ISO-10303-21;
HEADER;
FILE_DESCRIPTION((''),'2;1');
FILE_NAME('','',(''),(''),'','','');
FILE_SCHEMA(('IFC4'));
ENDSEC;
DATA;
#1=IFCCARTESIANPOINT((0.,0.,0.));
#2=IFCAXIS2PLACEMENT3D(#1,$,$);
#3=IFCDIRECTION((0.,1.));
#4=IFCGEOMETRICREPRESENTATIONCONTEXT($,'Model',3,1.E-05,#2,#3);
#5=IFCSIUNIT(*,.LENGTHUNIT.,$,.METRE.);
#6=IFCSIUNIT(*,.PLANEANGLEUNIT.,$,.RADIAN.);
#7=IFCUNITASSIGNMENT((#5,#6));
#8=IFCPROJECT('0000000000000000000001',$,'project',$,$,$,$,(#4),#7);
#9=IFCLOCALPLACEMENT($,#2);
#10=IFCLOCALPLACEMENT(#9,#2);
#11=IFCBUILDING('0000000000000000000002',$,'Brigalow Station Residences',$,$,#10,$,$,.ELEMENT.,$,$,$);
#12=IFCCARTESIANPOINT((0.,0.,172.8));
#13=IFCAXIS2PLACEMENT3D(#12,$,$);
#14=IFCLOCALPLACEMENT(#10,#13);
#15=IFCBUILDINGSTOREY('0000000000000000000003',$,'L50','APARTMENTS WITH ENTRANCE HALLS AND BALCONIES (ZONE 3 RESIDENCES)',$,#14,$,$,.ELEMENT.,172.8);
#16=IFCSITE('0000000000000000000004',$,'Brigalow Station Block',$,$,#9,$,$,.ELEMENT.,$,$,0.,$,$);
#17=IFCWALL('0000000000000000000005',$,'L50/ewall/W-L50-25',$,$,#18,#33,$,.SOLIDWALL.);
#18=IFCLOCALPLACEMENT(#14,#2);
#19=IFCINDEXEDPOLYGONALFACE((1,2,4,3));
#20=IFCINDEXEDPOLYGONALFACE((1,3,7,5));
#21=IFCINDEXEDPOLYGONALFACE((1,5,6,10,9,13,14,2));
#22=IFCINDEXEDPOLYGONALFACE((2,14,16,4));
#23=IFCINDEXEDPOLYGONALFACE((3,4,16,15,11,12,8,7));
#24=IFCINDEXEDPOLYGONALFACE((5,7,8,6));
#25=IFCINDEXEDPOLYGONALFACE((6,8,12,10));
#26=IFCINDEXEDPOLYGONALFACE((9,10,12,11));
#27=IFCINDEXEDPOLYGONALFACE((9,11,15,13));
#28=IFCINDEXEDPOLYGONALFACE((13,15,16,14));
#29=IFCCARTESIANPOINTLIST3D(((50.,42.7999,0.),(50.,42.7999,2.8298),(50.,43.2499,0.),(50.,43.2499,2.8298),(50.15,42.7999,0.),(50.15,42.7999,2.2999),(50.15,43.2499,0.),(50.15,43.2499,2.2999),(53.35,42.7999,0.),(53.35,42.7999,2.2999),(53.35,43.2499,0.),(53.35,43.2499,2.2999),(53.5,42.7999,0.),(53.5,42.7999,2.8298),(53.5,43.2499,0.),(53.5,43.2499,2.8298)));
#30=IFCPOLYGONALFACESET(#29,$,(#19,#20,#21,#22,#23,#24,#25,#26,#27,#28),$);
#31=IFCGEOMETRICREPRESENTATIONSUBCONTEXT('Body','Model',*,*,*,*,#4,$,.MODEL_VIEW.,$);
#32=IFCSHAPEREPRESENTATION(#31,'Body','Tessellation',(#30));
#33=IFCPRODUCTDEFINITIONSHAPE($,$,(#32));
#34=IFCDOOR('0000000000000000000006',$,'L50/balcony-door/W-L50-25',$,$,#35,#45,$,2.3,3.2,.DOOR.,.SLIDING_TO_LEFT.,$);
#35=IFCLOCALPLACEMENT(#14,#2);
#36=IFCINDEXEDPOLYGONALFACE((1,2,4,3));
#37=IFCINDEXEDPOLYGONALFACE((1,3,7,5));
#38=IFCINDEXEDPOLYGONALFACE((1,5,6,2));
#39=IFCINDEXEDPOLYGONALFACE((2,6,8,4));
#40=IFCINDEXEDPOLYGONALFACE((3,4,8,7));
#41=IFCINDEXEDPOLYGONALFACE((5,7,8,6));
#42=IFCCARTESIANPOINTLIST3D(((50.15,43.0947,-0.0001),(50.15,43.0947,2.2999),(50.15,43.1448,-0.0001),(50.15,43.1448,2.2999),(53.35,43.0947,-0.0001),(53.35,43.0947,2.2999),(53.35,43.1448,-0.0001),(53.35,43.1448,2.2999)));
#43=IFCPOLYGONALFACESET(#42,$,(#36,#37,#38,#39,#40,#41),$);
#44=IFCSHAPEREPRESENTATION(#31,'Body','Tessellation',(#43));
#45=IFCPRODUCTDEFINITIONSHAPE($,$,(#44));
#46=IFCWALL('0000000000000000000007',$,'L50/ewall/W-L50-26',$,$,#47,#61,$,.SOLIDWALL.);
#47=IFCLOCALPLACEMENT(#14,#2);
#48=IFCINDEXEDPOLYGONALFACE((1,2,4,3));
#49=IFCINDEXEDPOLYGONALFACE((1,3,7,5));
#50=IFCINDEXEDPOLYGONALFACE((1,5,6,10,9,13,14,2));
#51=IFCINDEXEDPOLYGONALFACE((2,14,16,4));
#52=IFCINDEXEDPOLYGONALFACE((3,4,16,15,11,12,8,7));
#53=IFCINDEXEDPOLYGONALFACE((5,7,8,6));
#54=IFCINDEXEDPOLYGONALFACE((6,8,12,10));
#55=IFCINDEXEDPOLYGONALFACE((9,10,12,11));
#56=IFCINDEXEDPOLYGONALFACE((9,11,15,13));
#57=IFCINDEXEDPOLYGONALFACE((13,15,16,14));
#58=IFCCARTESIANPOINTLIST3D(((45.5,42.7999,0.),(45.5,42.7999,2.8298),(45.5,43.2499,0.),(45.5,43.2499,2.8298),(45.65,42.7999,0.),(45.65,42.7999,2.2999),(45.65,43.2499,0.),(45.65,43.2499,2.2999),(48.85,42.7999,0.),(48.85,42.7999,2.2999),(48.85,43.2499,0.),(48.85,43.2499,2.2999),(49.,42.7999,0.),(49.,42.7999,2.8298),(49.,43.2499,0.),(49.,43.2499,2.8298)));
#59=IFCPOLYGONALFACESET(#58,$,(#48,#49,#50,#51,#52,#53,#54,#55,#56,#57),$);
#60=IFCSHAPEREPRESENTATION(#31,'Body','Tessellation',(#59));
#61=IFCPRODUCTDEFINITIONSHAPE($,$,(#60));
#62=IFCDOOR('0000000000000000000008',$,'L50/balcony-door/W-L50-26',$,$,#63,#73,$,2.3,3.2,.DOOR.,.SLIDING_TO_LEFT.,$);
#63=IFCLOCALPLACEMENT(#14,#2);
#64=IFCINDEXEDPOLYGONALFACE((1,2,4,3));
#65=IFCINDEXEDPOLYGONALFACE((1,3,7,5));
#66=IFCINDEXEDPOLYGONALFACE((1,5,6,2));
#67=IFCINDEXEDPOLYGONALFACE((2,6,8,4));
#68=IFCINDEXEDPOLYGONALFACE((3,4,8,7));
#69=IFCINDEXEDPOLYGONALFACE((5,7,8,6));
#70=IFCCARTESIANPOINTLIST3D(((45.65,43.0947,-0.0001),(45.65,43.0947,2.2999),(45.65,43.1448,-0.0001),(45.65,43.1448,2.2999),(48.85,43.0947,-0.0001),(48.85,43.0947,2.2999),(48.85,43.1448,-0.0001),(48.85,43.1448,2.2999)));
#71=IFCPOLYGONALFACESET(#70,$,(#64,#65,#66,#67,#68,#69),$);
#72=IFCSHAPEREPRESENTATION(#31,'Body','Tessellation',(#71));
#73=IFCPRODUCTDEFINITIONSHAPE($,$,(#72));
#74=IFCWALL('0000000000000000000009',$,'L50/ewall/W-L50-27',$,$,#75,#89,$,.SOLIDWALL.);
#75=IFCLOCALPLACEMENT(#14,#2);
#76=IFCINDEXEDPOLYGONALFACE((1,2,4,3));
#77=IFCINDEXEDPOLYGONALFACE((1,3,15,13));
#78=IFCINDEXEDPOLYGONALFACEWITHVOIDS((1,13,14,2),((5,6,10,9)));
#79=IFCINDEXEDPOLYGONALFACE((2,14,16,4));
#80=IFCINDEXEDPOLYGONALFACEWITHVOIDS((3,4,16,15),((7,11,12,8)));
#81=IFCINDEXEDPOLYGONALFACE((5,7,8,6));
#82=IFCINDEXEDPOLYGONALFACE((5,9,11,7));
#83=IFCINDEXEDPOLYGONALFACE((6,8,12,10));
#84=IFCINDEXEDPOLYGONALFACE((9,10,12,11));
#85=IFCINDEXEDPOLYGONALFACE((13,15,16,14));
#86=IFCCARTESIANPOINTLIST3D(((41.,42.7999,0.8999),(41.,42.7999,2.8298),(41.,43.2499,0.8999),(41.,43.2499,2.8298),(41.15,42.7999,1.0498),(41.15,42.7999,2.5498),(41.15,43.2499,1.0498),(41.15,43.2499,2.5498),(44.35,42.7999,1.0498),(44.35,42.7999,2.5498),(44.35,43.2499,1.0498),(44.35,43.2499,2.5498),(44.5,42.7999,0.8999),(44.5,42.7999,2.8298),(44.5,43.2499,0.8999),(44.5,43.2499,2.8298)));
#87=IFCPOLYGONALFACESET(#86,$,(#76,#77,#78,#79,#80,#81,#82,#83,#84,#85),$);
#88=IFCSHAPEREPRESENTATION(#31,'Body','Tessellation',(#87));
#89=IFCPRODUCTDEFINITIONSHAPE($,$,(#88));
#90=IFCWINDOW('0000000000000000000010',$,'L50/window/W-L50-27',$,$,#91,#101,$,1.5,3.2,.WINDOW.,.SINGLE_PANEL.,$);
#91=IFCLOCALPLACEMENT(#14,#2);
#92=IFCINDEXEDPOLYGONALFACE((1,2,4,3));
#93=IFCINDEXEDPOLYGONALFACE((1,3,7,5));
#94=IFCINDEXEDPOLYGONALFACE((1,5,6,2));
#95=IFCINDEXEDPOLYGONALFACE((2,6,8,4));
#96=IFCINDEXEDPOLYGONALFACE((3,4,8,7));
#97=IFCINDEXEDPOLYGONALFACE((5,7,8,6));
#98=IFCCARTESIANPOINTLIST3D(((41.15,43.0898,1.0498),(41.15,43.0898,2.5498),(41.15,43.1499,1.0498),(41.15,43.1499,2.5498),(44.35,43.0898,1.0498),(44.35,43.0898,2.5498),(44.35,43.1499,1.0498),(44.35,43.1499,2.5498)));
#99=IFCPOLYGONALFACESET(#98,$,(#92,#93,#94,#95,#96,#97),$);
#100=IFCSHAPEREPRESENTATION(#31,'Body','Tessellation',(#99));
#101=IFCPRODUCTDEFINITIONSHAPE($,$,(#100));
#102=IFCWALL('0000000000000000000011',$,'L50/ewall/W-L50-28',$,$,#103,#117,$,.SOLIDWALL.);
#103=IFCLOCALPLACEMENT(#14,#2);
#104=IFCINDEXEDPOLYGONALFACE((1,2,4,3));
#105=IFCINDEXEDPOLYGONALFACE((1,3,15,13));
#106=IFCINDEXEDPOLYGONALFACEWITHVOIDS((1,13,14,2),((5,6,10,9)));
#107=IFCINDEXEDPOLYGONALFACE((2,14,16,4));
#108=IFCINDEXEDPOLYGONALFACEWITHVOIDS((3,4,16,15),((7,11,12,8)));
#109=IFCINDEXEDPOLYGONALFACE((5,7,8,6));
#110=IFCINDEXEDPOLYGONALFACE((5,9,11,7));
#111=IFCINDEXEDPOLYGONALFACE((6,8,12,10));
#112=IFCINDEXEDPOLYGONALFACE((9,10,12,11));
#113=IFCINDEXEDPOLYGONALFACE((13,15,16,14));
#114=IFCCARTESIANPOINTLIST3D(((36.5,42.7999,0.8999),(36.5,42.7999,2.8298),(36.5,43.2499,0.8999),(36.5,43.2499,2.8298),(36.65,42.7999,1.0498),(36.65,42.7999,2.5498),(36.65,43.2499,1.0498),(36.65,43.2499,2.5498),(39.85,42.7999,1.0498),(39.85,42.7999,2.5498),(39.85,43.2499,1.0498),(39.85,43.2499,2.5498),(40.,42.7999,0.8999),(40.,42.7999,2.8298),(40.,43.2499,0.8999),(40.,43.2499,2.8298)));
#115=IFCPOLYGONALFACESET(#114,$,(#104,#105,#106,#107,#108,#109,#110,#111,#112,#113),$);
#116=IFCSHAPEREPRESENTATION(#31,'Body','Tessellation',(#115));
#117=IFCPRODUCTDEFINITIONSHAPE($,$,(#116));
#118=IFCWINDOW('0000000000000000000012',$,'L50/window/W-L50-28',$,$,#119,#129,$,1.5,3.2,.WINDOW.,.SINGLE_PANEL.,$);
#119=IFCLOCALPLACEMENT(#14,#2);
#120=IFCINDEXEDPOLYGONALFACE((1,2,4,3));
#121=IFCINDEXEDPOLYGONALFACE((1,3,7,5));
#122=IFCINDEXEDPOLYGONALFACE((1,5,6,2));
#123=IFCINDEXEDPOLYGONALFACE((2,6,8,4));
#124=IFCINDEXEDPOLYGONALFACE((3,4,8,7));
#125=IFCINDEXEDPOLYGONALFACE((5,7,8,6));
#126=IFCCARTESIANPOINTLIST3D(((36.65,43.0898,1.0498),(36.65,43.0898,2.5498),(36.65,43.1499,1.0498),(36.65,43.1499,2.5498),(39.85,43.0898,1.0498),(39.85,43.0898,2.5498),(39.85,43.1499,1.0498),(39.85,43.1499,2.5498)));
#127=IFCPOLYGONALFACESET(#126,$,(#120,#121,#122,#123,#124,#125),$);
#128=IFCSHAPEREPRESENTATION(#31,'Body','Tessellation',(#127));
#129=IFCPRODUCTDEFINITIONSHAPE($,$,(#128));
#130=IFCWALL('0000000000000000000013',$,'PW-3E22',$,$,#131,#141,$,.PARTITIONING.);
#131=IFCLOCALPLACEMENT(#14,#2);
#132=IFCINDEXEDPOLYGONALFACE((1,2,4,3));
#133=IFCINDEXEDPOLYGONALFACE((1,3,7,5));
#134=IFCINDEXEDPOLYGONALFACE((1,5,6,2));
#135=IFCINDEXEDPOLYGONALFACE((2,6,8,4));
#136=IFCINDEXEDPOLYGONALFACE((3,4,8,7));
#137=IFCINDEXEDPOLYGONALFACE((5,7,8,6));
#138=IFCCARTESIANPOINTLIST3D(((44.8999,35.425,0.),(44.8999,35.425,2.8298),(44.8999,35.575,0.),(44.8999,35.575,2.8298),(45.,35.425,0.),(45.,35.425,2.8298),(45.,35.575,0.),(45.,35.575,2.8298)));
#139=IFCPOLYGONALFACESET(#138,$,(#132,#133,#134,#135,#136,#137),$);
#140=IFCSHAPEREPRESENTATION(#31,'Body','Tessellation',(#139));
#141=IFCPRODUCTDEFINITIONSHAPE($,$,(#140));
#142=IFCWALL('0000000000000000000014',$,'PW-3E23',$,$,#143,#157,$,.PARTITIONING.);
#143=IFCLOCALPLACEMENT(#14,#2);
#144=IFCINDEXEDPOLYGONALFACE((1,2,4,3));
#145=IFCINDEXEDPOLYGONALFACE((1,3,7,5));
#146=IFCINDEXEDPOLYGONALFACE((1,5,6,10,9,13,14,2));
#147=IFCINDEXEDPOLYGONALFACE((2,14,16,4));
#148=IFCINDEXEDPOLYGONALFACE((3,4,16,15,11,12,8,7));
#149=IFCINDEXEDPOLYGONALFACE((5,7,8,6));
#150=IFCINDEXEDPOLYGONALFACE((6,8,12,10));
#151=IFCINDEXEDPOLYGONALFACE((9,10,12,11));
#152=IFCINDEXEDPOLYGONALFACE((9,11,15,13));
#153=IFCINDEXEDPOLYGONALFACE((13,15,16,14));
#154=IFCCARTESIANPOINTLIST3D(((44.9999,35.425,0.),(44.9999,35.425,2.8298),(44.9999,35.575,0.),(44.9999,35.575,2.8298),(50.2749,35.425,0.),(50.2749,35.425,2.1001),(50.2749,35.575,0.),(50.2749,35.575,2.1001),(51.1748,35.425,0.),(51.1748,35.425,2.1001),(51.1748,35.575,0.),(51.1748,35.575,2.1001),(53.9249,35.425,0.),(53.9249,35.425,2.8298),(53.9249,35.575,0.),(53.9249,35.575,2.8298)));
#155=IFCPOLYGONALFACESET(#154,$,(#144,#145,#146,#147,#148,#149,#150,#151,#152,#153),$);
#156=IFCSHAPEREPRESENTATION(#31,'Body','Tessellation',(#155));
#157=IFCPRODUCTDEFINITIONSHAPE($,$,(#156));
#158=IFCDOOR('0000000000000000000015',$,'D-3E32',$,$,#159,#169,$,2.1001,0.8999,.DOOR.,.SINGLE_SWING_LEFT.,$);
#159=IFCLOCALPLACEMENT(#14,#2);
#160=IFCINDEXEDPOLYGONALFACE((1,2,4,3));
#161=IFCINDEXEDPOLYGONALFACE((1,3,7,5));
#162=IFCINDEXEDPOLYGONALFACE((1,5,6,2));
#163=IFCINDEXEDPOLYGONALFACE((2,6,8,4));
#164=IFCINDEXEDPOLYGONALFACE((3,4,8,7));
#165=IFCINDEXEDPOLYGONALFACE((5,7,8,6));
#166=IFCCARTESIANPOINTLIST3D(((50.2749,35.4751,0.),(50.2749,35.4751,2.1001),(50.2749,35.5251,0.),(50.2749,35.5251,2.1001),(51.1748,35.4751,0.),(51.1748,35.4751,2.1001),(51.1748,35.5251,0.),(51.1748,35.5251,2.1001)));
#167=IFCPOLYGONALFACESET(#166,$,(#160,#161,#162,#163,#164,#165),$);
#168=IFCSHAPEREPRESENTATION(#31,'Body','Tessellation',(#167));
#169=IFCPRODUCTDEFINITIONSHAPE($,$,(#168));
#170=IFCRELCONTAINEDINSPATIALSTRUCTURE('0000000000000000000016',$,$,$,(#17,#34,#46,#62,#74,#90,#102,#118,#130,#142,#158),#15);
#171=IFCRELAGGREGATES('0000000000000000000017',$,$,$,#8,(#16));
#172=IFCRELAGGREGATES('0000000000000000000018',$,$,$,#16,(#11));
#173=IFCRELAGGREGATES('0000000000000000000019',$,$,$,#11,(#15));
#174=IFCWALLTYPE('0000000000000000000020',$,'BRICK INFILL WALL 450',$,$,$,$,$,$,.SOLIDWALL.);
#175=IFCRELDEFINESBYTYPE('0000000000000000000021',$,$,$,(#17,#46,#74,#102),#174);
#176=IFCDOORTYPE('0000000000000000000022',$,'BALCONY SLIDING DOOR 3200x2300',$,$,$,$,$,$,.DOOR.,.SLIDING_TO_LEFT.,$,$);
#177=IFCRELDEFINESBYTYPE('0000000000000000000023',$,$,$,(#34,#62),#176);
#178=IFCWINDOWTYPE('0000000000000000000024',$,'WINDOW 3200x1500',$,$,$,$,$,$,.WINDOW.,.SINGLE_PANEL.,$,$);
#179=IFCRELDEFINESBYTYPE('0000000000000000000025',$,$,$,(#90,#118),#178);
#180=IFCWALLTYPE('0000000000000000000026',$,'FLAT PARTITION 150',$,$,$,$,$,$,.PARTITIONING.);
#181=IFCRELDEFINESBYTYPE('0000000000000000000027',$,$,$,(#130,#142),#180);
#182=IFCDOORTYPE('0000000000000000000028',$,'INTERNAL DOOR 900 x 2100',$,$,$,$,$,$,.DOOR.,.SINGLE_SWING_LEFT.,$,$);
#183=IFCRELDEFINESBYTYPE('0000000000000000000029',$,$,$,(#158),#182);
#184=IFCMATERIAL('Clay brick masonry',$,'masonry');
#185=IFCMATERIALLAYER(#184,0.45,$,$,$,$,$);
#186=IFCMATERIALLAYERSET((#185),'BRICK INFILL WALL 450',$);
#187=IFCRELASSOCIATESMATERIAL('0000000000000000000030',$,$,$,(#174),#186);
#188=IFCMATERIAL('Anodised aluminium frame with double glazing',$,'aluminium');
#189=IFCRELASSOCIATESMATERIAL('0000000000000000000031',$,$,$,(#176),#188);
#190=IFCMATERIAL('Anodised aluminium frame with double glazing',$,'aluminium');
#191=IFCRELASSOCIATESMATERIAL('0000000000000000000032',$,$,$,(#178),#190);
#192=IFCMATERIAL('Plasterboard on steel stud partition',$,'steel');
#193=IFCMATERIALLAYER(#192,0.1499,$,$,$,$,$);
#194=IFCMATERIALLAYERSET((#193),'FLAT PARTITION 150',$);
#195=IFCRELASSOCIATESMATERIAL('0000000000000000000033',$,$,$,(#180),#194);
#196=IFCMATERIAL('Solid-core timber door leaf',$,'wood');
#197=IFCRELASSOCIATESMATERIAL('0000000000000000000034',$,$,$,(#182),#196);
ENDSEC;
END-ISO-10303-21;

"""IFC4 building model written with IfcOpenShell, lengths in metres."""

from ifc_helpers import new_model, si_unit, direction, frame, frame_2d, origin, place, context, subcontext, project, spatial, rectangle, extrude, material, layer, layer_set, type_object, element, fill, save


model = new_model("IFC4")

# Units and contexts
model_context = context("Model", 3, precision=1e-05, world=origin(), true_north=direction((0.0, 1.0)))
body_context = subcontext(model_context, "Body", "Model", "MODEL_VIEW")
ifc_project = project(units=[si_unit("LENGTHUNIT", "METRE"), si_unit("PLANEANGLEUNIT", "RADIAN")], contexts=[model_context])

# Site, building, storey
site_placement = place(None, origin())
site = spatial("IfcSite", under=ifc_project, at=site_placement, Name="Brigalow Station Block", CompositionType="ELEMENT", RefElevation=0.0)
building_placement = place(site_placement, origin())
building = spatial("IfcBuilding", under=site, at=building_placement, Name="Brigalow Station Residences", CompositionType="ELEMENT")
storey_placement = place(building_placement, frame((0.0, 0.0, 172.8)))
storey = spatial("IfcBuildingStorey", under=building, at=storey_placement, Name="L50", Description="APARTMENTS WITH ENTRANCE HALLS AND BALCONIES (ZONE 3 RESIDENCES)", CompositionType="ELEMENT", Elevation=172.8)

# Walls, openings, doors
ifc_material_1 = material(Name="Clay brick masonry", Category="masonry")
ifc_layer_1 = layer(ifc_material_1, 0.45)
ifc_layer_set_1 = layer_set([ifc_layer_1], Name="BRICK INFILL WALL 450")
wall_type_1 = type_object("IfcWallType", Name="BRICK INFILL WALL 450", PredefinedType="SOLIDWALL", material=ifc_layer_set_1)
wall_1_placement = place(storey_placement, frame((53.5, 43.0249, 0.0), z_axis=(0.0, 0.0, 1.0), x_axis=(-1.0, 0.0, 0.0)))
wall_1 = element("IfcWall", 1, at=wall_1_placement, inside=storey, type_object=wall_type_1, Name="L50/ewall/W-L50-25", PredefinedType="SOLIDWALL", context=body_context, shape_type="SweptSolid", body=[
    extrude(rectangle(XDim=3.5, YDim=0.45, at=frame_2d((1.75, 0.0))), origin(), (0.0, 0.0, 1.0), 2.8298),
])
opening_1_placement = place(wall_1_placement, frame((0.1499, 0.0, 0.0)))
opening_1 = element("IfcOpeningElement", 2, at=opening_1_placement, cuts=wall_1, PredefinedType="OPENING", context=body_context, shape_type="SweptSolid", body=[
    extrude(rectangle(XDim=3.2, YDim=2.3, at=frame_2d((1.6001, 1.1499))), frame((0.0, 0.2349, 0.0), z_axis=(0.0, -1.0, 0.0), x_axis=(1.0, 0.0, 0.0)), (0.0, 0.0, 1.0), 0.47),
])
ifc_material_2 = material(Name="Anodised aluminium frame with double glazing", Category="aluminium")
door_type_1 = type_object("IfcDoorType", Name="BALCONY SLIDING DOOR 3200x2300", OperationType="SLIDING_TO_LEFT", PredefinedType="DOOR", material=ifc_material_2)
door_1_placement = place(opening_1_placement, origin())
door_1 = element("IfcDoor", 3, at=door_1_placement, inside=storey, type_object=door_type_1, Name="L50/balcony-door/W-L50-25", OperationType="SLIDING_TO_LEFT", OverallHeight=2.3, OverallWidth=3.2, PredefinedType="DOOR", context=body_context, shape_type="SweptSolid", body=[
    extrude(rectangle(XDim=3.2, YDim=2.3, at=frame_2d((1.6001, 1.1499))), frame((0.0, -0.0698, 0.0), z_axis=(0.0, -1.0, 0.0), x_axis=(1.0, 0.0, 0.0)), (0.0, 0.0, 1.0), 0.05),
])
fill(opening_1, door_1)
wall_2_placement = place(storey_placement, frame((49.0, 43.0249, 0.0), z_axis=(0.0, 0.0, 1.0), x_axis=(-1.0, 0.0, 0.0)))
wall_2 = element("IfcWall", 4, at=wall_2_placement, inside=storey, type_object=wall_type_1, Name="L50/ewall/W-L50-26", PredefinedType="SOLIDWALL", context=body_context, shape_type="SweptSolid", body=[
    extrude(rectangle(XDim=3.5, YDim=0.45, at=frame_2d((1.75, 0.0))), origin(), (0.0, 0.0, 1.0), 2.8298),
])
opening_2_placement = place(wall_2_placement, frame((0.1499, 0.0, 0.0)))
opening_2 = element("IfcOpeningElement", 5, at=opening_2_placement, cuts=wall_2, PredefinedType="OPENING", context=body_context, shape_type="SweptSolid", body=[
    extrude(rectangle(XDim=3.2, YDim=2.3, at=frame_2d((1.6001, 1.1499))), frame((0.0, 0.2349, 0.0), z_axis=(0.0, -1.0, 0.0), x_axis=(1.0, 0.0, 0.0)), (0.0, 0.0, 1.0), 0.47),
])
door_2_placement = place(opening_2_placement, origin())
door_2 = element("IfcDoor", 6, at=door_2_placement, inside=storey, type_object=door_type_1, Name="L50/balcony-door/W-L50-26", OperationType="SLIDING_TO_LEFT", OverallHeight=2.3, OverallWidth=3.2, PredefinedType="DOOR", context=body_context, shape_type="SweptSolid", body=[
    extrude(rectangle(XDim=3.2, YDim=2.3, at=frame_2d((1.6001, 1.1499))), frame((0.0, -0.0698, 0.0), z_axis=(0.0, -1.0, 0.0), x_axis=(1.0, 0.0, 0.0)), (0.0, 0.0, 1.0), 0.05),
])
fill(opening_2, door_2)

# Walls, openings, windows
wall_3_placement = place(storey_placement, frame((44.5, 43.0249, 0.8999), z_axis=(0.0, 0.0, 1.0), x_axis=(-1.0, 0.0, 0.0)))
wall_3 = element("IfcWall", 7, at=wall_3_placement, inside=storey, type_object=wall_type_1, Name="L50/ewall/W-L50-27", PredefinedType="SOLIDWALL", context=body_context, shape_type="SweptSolid", body=[
    extrude(rectangle(XDim=3.5, YDim=0.45, at=frame_2d((1.75, 0.0))), origin(), (0.0, 0.0, 1.0), 1.9299),
])
opening_3_placement = place(wall_3_placement, frame((0.1499, 0.0, 0.1499)))
opening_3 = element("IfcOpeningElement", 8, at=opening_3_placement, cuts=wall_3, PredefinedType="OPENING", context=body_context, shape_type="SweptSolid", body=[
    extrude(rectangle(XDim=3.2, YDim=1.5, at=frame_2d((1.6001, 0.75))), frame((0.0, 0.2349, 0.0), z_axis=(0.0, -1.0, 0.0), x_axis=(1.0, 0.0, 0.0)), (0.0, 0.0, 1.0), 0.47),
])
ifc_material_3 = material(Name="Anodised aluminium frame with double glazing", Category="aluminium")
window_type = type_object("IfcWindowType", Name="WINDOW 3200x1500", PartitioningType="SINGLE_PANEL", PredefinedType="WINDOW", material=ifc_material_3)
window_1_placement = place(opening_3_placement, origin())
window_1 = element("IfcWindow", 9, at=window_1_placement, inside=storey, type_object=window_type, Name="L50/window/W-L50-27", OverallHeight=1.5, OverallWidth=3.2, PartitioningType="SINGLE_PANEL", PredefinedType="WINDOW", context=body_context, shape_type="SweptSolid", body=[
    extrude(rectangle(XDim=3.2, YDim=1.5, at=frame_2d((1.6001, 0.75))), frame((0.0, -0.0649, 0.0), z_axis=(0.0, -1.0, 0.0), x_axis=(1.0, 0.0, 0.0)), (0.0, 0.0, 1.0), 0.0601),
])
fill(opening_3, window_1)
wall_4_placement = place(storey_placement, frame((40.0, 43.0249, 0.8999), z_axis=(0.0, 0.0, 1.0), x_axis=(-1.0, 0.0, 0.0)))
wall_4 = element("IfcWall", 10, at=wall_4_placement, inside=storey, type_object=wall_type_1, Name="L50/ewall/W-L50-28", PredefinedType="SOLIDWALL", context=body_context, shape_type="SweptSolid", body=[
    extrude(rectangle(XDim=3.5, YDim=0.45, at=frame_2d((1.75, 0.0))), origin(), (0.0, 0.0, 1.0), 1.9299),
])
opening_4_placement = place(wall_4_placement, frame((0.1499, 0.0, 0.1499)))
opening_4 = element("IfcOpeningElement", 11, at=opening_4_placement, cuts=wall_4, PredefinedType="OPENING", context=body_context, shape_type="SweptSolid", body=[
    extrude(rectangle(XDim=3.2, YDim=1.5, at=frame_2d((1.6001, 0.75))), frame((0.0, 0.2349, 0.0), z_axis=(0.0, -1.0, 0.0), x_axis=(1.0, 0.0, 0.0)), (0.0, 0.0, 1.0), 0.47),
])
window_2_placement = place(opening_4_placement, origin())
window_2 = element("IfcWindow", 12, at=window_2_placement, inside=storey, type_object=window_type, Name="L50/window/W-L50-28", OverallHeight=1.5, OverallWidth=3.2, PartitioningType="SINGLE_PANEL", PredefinedType="WINDOW", context=body_context, shape_type="SweptSolid", body=[
    extrude(rectangle(XDim=3.2, YDim=1.5, at=frame_2d((1.6001, 0.75))), frame((0.0, -0.0649, 0.0), z_axis=(0.0, -1.0, 0.0), x_axis=(1.0, 0.0, 0.0)), (0.0, 0.0, 1.0), 0.0601),
])
fill(opening_4, window_2)

# Wall
ifc_material_4 = material(Name="Plasterboard on steel stud partition", Category="steel")
ifc_layer_2 = layer(ifc_material_4, 0.1499)
ifc_layer_set_2 = layer_set([ifc_layer_2], Name="FLAT PARTITION 150")
wall_type_2 = type_object("IfcWallType", Name="FLAT PARTITION 150", PredefinedType="PARTITIONING", material=ifc_layer_set_2)
wall_5_placement = place(storey_placement, frame((44.8999, 35.5, 0.0), z_axis=(0.0, 0.0, 1.0), x_axis=(1.0, 0.0, 0.0)))
element("IfcWall", 13, at=wall_5_placement, inside=storey, type_object=wall_type_2, Name="PW-3E22", PredefinedType="PARTITIONING", context=body_context, shape_type="SweptSolid", body=[
    extrude(rectangle(XDim=0.1001, YDim=0.1499, at=frame_2d((0.05, 0.0))), origin(), (0.0, 0.0, 1.0), 2.8298),
])

# Wall, opening, door
wall_6_placement = place(storey_placement, frame((45.0, 35.5, 0.0), z_axis=(0.0, 0.0, 1.0), x_axis=(1.0, 0.0, 0.0)))
wall_6 = element("IfcWall", 14, at=wall_6_placement, inside=storey, type_object=wall_type_2, Name="PW-3E23", PredefinedType="PARTITIONING", context=body_context, shape_type="SweptSolid", body=[
    extrude(rectangle(XDim=8.925, YDim=0.1499, at=frame_2d((4.4624, 0.0))), origin(), (0.0, 0.0, 1.0), 2.8298),
])
opening_5_placement = place(wall_6_placement, frame((5.2749, 0.0, 0.0)))
opening_5 = element("IfcOpeningElement", 15, at=opening_5_placement, cuts=wall_6, PredefinedType="OPENING", context=body_context, shape_type="SweptSolid", body=[
    extrude(rectangle(XDim=0.8999, YDim=2.1001, at=frame_2d((0.45, 1.05))), frame((0.0, 0.085, 0.0), z_axis=(0.0, -1.0, 0.0), x_axis=(1.0, 0.0, 0.0)), (0.0, 0.0, 1.0), 0.1699),
])
ifc_material_5 = material(Name="Solid-core timber door leaf", Category="wood")
door_type_2 = type_object("IfcDoorType", Name="INTERNAL DOOR 900 x 2100", OperationType="SINGLE_SWING_LEFT", PredefinedType="DOOR", material=ifc_material_5)
door_3_placement = place(opening_5_placement, frame((0.8999, 0.0, 0.0), z_axis=(0.0, 0.0, 1.0), x_axis=(-1.0, 0.0, 0.0)))
door_3 = element("IfcDoor", 16, at=door_3_placement, inside=storey, type_object=door_type_2, Name="D-3E32", OperationType="SINGLE_SWING_LEFT", OverallHeight=2.1001, OverallWidth=0.8999, PredefinedType="DOOR", context=body_context, shape_type="SweptSolid", body=[
    extrude(rectangle(XDim=0.8999, YDim=2.1001, at=frame_2d((0.45, 1.05))), frame((0.0, 0.0249, 0.0), z_axis=(0.0, -1.0, 0.0), x_axis=(1.0, 0.0, 0.0)), (0.0, 0.0, 1.0), 0.05),
])
fill(opening_5, door_3)

save(model, "model.ifc")
